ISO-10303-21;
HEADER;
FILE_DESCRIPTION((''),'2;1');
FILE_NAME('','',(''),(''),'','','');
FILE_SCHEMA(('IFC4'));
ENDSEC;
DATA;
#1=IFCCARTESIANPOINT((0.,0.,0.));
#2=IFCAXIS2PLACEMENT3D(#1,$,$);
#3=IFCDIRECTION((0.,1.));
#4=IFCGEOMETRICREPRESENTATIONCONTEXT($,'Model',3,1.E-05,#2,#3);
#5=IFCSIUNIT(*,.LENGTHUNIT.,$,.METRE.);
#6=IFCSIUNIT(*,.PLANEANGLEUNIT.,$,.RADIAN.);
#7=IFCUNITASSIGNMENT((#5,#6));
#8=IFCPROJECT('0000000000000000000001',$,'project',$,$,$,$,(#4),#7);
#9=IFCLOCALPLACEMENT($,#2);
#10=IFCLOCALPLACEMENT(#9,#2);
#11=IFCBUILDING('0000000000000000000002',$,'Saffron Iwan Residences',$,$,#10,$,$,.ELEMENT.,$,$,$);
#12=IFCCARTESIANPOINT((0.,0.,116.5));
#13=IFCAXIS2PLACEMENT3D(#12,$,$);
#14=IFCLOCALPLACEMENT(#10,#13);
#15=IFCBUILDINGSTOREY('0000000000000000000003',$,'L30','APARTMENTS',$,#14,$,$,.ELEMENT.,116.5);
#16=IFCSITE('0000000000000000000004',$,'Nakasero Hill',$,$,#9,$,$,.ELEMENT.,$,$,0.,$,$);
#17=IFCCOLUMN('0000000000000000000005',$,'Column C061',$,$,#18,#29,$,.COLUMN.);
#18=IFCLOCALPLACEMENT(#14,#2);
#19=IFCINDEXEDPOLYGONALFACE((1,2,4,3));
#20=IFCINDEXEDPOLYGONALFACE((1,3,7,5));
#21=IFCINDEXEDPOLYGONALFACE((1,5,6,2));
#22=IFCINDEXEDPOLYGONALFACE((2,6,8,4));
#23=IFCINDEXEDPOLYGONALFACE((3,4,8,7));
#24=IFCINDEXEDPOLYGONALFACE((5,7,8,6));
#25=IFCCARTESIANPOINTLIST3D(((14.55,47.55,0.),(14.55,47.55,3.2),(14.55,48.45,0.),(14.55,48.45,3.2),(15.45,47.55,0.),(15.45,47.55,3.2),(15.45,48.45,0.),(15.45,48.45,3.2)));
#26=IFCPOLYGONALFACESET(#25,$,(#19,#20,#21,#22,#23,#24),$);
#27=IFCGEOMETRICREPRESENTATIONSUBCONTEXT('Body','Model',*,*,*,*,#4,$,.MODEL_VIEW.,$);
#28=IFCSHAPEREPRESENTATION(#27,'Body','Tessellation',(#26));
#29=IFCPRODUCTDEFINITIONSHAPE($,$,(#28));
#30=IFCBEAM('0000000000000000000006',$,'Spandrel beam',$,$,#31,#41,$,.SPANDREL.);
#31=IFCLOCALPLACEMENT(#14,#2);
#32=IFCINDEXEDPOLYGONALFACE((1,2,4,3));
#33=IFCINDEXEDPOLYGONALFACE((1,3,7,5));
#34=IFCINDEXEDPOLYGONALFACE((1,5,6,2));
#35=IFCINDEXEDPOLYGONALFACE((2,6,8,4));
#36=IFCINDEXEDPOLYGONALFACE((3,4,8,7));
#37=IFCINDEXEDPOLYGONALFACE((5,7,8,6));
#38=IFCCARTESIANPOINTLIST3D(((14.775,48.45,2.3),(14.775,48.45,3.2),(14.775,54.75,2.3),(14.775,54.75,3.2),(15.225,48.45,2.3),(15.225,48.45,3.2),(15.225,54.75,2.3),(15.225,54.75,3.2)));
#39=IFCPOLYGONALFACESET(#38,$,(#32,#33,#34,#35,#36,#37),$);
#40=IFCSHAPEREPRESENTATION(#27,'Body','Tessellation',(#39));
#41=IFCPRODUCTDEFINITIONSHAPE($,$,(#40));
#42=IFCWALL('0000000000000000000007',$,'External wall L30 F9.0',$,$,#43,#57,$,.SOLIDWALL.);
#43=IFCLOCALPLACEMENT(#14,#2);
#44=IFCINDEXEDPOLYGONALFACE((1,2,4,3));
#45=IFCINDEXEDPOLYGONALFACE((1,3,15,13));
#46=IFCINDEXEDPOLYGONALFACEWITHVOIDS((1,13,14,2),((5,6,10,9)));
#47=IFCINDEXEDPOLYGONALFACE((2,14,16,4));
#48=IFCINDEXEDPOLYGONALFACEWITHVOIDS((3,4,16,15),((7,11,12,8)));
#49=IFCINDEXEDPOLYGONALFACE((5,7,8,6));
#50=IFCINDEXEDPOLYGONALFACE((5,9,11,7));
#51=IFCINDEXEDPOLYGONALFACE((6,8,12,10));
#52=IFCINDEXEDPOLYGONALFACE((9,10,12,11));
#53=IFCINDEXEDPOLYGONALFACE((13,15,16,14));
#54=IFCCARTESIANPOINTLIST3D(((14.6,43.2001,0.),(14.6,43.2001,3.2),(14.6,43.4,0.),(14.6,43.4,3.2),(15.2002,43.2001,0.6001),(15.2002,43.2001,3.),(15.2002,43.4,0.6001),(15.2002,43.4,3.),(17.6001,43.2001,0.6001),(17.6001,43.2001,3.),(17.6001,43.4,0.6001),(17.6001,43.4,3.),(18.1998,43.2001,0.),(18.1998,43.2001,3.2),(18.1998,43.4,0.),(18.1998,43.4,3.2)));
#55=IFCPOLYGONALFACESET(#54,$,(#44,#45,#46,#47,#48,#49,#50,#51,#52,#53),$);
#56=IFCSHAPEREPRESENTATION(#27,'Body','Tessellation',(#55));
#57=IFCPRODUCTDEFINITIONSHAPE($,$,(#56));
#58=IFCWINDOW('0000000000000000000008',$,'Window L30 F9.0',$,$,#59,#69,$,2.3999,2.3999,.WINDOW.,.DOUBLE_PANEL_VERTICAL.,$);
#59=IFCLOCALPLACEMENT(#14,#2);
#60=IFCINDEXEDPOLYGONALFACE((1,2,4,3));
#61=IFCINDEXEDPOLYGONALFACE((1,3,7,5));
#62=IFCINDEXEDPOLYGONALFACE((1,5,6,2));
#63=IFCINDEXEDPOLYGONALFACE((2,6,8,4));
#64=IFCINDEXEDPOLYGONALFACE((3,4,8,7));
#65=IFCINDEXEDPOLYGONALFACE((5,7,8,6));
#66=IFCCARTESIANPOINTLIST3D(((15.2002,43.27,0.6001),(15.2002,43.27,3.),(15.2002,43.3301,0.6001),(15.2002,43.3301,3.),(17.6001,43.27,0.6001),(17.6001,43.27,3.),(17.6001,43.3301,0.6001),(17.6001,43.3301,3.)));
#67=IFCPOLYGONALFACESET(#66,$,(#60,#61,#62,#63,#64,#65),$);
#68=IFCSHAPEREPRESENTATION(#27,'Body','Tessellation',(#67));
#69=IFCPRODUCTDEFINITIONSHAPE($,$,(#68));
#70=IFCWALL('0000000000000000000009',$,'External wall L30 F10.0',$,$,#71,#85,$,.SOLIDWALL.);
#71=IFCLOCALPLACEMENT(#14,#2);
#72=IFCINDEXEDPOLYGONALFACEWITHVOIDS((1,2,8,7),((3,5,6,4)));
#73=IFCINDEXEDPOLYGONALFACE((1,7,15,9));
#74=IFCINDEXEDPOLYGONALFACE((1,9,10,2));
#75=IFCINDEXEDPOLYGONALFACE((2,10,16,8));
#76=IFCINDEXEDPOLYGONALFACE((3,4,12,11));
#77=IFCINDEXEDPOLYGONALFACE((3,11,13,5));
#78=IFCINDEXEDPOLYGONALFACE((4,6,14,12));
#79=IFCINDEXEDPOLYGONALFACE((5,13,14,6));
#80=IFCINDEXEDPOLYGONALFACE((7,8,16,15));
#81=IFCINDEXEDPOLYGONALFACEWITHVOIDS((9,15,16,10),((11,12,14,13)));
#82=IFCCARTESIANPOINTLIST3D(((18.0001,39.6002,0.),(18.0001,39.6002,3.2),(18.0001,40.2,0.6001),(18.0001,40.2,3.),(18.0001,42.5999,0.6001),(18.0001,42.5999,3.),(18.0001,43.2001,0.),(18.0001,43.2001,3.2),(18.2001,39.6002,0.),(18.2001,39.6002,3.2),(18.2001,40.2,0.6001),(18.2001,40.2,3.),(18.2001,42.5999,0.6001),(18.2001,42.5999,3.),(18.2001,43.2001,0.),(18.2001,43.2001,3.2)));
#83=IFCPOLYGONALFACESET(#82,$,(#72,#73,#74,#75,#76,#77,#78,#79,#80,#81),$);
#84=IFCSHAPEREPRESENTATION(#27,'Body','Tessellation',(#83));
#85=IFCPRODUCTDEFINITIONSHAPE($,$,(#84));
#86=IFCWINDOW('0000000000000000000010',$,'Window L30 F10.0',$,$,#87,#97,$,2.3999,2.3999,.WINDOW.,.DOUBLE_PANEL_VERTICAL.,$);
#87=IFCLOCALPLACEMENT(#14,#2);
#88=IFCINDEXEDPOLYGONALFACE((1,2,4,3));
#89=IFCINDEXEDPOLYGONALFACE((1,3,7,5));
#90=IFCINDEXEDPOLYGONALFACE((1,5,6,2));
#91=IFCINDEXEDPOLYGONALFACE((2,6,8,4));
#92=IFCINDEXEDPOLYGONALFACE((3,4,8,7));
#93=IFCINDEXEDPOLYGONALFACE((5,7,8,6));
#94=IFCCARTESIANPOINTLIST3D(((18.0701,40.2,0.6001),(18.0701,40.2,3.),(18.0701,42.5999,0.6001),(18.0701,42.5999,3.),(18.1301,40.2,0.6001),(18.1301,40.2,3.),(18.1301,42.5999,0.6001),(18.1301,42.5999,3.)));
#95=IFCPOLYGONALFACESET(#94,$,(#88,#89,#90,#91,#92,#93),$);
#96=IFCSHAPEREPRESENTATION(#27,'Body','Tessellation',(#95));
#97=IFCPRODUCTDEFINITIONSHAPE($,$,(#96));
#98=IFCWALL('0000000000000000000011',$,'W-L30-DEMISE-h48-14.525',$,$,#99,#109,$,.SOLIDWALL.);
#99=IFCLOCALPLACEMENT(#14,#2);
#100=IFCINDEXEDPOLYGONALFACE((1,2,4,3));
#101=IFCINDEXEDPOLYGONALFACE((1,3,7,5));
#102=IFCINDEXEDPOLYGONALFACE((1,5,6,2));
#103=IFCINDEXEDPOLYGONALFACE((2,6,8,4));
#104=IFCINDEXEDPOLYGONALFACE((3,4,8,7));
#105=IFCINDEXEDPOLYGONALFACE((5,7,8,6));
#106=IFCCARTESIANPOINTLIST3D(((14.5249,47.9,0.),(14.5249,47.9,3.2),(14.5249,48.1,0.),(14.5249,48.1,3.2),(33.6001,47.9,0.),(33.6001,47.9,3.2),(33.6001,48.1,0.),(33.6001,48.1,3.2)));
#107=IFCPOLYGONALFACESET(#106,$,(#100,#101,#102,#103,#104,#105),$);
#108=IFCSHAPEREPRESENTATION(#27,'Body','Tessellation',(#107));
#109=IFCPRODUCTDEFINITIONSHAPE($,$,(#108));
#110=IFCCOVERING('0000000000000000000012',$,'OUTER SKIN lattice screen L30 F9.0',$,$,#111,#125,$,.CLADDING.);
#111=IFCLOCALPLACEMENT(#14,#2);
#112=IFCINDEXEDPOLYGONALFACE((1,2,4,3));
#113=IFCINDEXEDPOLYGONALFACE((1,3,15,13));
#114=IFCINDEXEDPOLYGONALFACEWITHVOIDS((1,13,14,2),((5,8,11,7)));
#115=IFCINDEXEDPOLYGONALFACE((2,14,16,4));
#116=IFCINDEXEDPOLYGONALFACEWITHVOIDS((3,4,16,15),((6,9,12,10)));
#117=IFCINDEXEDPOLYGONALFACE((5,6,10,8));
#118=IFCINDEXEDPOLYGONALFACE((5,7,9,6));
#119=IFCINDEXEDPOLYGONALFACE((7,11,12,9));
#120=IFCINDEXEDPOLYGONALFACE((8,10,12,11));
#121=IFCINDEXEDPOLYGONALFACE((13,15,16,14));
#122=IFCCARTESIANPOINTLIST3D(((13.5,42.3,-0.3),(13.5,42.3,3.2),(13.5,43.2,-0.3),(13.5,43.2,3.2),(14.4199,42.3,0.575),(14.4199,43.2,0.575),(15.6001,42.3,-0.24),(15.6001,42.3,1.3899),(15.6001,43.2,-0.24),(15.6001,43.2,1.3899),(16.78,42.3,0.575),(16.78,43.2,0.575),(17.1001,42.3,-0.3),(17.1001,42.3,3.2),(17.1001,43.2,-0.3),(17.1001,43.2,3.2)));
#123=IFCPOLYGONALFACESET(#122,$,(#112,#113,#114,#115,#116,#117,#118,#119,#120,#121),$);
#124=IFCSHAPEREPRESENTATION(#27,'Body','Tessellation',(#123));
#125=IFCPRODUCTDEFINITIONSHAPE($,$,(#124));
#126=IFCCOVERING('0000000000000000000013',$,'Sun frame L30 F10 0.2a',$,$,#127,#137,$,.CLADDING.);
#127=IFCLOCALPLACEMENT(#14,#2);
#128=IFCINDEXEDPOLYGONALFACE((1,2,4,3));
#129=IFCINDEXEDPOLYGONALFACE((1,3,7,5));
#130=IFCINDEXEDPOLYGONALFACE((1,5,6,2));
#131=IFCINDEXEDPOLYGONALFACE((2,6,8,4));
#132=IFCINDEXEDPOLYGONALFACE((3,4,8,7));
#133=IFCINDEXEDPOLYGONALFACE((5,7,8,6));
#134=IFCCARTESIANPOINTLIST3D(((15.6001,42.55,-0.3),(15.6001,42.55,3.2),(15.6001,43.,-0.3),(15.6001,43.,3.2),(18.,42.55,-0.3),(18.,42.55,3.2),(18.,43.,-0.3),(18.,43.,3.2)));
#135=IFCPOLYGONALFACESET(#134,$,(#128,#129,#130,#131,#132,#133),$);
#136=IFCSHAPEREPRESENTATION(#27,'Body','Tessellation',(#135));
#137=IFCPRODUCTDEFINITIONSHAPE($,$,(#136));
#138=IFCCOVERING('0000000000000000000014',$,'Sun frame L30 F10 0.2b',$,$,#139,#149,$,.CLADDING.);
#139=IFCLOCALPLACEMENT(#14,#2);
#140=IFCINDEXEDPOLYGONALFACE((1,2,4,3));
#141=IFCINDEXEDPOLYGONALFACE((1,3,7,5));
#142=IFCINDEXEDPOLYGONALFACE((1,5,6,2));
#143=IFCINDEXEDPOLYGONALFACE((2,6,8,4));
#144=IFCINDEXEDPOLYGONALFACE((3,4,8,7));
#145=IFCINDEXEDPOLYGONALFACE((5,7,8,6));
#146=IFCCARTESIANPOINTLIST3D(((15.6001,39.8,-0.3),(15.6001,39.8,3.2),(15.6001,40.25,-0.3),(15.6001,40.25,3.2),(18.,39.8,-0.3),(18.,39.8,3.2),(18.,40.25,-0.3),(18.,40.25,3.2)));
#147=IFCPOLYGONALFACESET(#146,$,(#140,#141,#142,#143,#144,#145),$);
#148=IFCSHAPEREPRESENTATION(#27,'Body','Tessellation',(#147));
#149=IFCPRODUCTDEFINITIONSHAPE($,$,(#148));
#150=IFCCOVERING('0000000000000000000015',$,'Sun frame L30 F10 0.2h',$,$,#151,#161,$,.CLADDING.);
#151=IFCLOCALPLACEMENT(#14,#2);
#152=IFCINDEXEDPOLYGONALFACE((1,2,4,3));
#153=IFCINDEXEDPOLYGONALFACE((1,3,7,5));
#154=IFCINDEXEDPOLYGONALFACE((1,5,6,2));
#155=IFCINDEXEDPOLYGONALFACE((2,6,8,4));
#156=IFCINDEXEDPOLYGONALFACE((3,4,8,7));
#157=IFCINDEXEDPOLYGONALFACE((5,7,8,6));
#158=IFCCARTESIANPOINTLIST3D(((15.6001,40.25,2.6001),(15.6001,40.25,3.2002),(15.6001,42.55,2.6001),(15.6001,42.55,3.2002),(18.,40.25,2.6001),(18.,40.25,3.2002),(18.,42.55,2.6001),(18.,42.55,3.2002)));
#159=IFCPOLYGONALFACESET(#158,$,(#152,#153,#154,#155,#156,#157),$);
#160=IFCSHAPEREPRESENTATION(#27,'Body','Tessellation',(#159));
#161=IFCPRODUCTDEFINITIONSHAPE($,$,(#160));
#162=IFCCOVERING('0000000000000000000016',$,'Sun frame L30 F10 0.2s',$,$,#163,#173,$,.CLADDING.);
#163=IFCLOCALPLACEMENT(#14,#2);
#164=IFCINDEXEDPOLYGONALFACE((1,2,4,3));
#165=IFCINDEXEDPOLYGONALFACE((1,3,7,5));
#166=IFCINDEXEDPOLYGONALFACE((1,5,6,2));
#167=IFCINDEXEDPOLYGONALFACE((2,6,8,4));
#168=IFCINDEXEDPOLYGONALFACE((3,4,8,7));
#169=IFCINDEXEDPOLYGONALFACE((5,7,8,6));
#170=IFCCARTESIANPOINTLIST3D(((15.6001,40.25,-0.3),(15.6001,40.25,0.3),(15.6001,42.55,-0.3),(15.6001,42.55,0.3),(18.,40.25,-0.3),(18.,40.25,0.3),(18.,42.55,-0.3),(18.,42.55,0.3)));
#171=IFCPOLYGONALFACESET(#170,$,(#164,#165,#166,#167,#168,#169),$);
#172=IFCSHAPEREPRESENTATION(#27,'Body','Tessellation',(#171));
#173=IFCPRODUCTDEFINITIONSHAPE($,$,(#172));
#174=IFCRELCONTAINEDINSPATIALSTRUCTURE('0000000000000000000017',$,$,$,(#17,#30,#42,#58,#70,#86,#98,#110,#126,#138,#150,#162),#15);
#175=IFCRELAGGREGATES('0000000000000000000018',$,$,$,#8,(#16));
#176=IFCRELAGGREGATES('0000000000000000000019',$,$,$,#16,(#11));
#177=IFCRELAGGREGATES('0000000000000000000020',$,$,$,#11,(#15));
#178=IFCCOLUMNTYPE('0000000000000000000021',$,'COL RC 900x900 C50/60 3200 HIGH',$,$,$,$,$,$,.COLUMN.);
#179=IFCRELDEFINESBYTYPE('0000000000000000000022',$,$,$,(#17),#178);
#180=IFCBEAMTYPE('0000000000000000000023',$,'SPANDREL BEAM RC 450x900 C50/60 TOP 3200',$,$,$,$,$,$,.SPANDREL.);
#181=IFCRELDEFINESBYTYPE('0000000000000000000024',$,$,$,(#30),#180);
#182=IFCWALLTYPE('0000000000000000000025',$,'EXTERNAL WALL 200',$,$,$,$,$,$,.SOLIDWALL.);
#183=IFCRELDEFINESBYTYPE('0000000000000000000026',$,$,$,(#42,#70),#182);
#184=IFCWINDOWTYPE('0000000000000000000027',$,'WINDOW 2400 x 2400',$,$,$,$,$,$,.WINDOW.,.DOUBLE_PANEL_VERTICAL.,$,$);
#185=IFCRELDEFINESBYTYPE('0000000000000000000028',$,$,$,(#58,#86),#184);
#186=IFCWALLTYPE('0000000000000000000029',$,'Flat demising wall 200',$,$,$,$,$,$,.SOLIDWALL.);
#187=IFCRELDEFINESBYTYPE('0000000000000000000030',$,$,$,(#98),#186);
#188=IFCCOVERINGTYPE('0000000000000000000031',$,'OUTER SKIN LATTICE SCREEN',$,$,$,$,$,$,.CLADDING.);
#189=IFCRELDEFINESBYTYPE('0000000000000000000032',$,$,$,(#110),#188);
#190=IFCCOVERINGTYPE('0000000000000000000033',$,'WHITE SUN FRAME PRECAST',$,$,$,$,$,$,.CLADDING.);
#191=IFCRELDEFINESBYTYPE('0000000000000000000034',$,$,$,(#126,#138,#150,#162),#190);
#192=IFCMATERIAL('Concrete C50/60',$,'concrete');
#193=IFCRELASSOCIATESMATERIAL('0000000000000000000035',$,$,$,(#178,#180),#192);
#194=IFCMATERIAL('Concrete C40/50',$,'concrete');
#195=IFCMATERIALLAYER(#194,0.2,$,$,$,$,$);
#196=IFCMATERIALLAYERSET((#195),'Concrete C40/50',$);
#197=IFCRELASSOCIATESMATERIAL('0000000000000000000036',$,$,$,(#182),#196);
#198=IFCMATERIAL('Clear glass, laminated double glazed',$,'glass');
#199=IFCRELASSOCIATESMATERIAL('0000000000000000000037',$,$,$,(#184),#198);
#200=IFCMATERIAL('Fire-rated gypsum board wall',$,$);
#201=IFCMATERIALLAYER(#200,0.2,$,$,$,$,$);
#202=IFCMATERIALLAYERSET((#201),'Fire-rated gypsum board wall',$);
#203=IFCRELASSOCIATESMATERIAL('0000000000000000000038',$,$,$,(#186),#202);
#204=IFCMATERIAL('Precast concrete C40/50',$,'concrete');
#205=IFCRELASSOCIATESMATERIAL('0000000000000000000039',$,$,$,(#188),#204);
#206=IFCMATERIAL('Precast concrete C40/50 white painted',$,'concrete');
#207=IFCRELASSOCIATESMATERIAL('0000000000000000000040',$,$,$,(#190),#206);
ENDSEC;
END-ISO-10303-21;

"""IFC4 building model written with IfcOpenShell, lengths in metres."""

from ifc_helpers import new_model, si_unit, direction, frame, frame_2d, origin, origin_2d, place, context, subcontext, project, spatial, polyline, rectangle, outline, extrude, source, transform, mapped, material, layer, layer_set, material_profile, profile_set, type_object, element, fill, save


model = new_model("IFC4")

# Units and contexts
model_context = context("Model", 3, precision=1e-05, world=origin(), true_north=direction((0.0, 1.0)))
body_context = subcontext(model_context, "Body", "Model", "MODEL_VIEW")
ifc_project = project(units=[si_unit("LENGTHUNIT", "METRE"), si_unit("PLANEANGLEUNIT", "RADIAN")], contexts=[model_context])

# Site, building, storey
site_placement = place(None, origin())
site = spatial("IfcSite", under=ifc_project, at=site_placement, Name="Nakasero Hill", CompositionType="ELEMENT", RefElevation=0.0)
building_placement = place(site_placement, origin())
building = spatial("IfcBuilding", under=site, at=building_placement, Name="Saffron Iwan Residences", CompositionType="ELEMENT")
storey_placement = place(building_placement, frame((0.0, 0.0, 116.5)))
storey = spatial("IfcBuildingStorey", under=building, at=storey_placement, Name="L30", Description="APARTMENTS", CompositionType="ELEMENT", Elevation=116.5)

# Column
ifc_material_1 = material(Name="Concrete C50/60", Category="concrete")
ifc_material_profile_1 = material_profile(ifc_material_1, rectangle(XDim=0.8999, YDim=0.8999, at=origin_2d()), Name="RC 900x900")
ifc_profile_set_1 = profile_set([ifc_material_profile_1], Name="Concrete C50/60")
column_type = type_object("IfcColumnType", Name="COL RC 900x900 C50/60 3200 HIGH", PredefinedType="COLUMN", material=ifc_profile_set_1)
shared_shape_1 = source(origin(), body_context, "Body", "SweptSolid", [
    extrude(rectangle(XDim=0.8999, YDim=0.8999, at=origin_2d()), origin(), (0.0, 0.0, 1.0), 3.2),
])
column_placement = place(storey_placement, frame((15.0, 48.0, 0.0), z_axis=(0.0, 0.0, 1.0), x_axis=(1.0, 0.0, 0.0)))
element("IfcColumn", 1, at=column_placement, inside=storey, type_object=column_type, Name="Column C061", PredefinedType="COLUMN", context=body_context, shape_type="MappedRepresentation", body=[
    mapped(shared_shape_1, transform((0.0, 0.0, 0.0))),
])

# Beam
ifc_material_profile_2 = material_profile(ifc_material_1, rectangle(XDim=0.45, YDim=0.8999, at=origin_2d()), Name="RC 450x900")
ifc_profile_set_2 = profile_set([ifc_material_profile_2], Name="Concrete C50/60")
beam_type = type_object("IfcBeamType", Name="SPANDREL BEAM RC 450x900 C50/60 TOP 3200", PredefinedType="SPANDREL", material=ifc_profile_set_2)
shared_shape_2 = source(origin(), body_context, "Body", "SweptSolid", [
    extrude(rectangle(XDim=0.45, YDim=0.8999, at=origin_2d()), origin(), (0.0, 0.0, 1.0), 6.3),
])
beam_placement = place(storey_placement, frame((15.0, 48.45, 2.75), z_axis=(0.0, 1.0, 0.0), x_axis=(-1.0, 0.0, 0.0)))
element("IfcBeam", 2, at=beam_placement, inside=storey, type_object=beam_type, Name="Spandrel beam", PredefinedType="SPANDREL", context=body_context, shape_type="MappedRepresentation", body=[
    mapped(shared_shape_2, transform((0.0, 0.0, 0.0))),
])

# Walls, openings, windows
ifc_material_2 = material(Name="Concrete C40/50", Category="concrete")
ifc_layer_1 = layer(ifc_material_2, 0.2)
ifc_layer_set_1 = layer_set([ifc_layer_1], Name="Concrete C40/50")
wall_type_1 = type_object("IfcWallType", Name="EXTERNAL WALL 200", PredefinedType="SOLIDWALL", material=ifc_layer_set_1)
wall_1_placement = place(storey_placement, frame((14.6001, 43.3, 0.0), z_axis=(0.0, 0.0, 1.0), x_axis=(1.0, 0.0, 0.0)))
wall_1 = element("IfcWall", 3, at=wall_1_placement, inside=storey, type_object=wall_type_1, Name="External wall L30 F9.0", PredefinedType="SOLIDWALL", context=body_context, shape_type="SweptSolid", body=[
    extrude(rectangle(XDim=3.5999, YDim=0.2, at=frame_2d((1.7998, 0.0))), origin(), (0.0, 0.0, 1.0), 3.2),
])
opening_1_placement = place(wall_1_placement, frame((0.6001, 0.0, 0.6001)))
opening_1 = element("IfcOpeningElement", 4, at=opening_1_placement, cuts=wall_1, PredefinedType="OPENING", context=body_context, shape_type="SweptSolid", body=[
    extrude(rectangle(XDim=2.3999, YDim=2.3999, at=frame_2d((1.2, 1.2))), frame((0.0, 0.1099, 0.0), z_axis=(0.0, -1.0, 0.0), x_axis=(1.0, 0.0, 0.0)), (0.0, 0.0, 1.0), 0.22),
])
ifc_material_3 = material(Name="Clear glass, laminated double glazed", Category="glass")
window_type = type_object("IfcWindowType", Name="WINDOW 2400 x 2400", PartitioningType="DOUBLE_PANEL_VERTICAL", PredefinedType="WINDOW", material=ifc_material_3)
window_1_placement = place(opening_1_placement, origin())
window_1 = element("IfcWindow", 5, at=window_1_placement, inside=storey, type_object=window_type, Name="Window L30 F9.0", OverallHeight=2.3999, OverallWidth=2.3999, PartitioningType="DOUBLE_PANEL_VERTICAL", PredefinedType="WINDOW", context=body_context, shape_type="SweptSolid", body=[
    extrude(rectangle(XDim=2.3999, YDim=2.3999, at=frame_2d((1.2, 1.2))), frame((0.0, 0.03, 0.0), z_axis=(0.0, -1.0, 0.0), x_axis=(1.0, 0.0, 0.0)), (0.0, 0.0, 1.0), 0.0601),
])
fill(opening_1, window_1)
wall_2_placement = place(storey_placement, frame((18.1001, 43.2, 0.0), z_axis=(0.0, 0.0, 1.0), x_axis=(0.0, -1.0, 0.0)))
wall_2 = element("IfcWall", 6, at=wall_2_placement, inside=storey, type_object=wall_type_1, Name="External wall L30 F10.0", PredefinedType="SOLIDWALL", context=body_context, shape_type="SweptSolid", body=[
    extrude(rectangle(XDim=3.5999, YDim=0.2, at=frame_2d((1.7998, 0.0))), origin(), (0.0, 0.0, 1.0), 3.2),
])
opening_2_placement = place(wall_2_placement, frame((0.6001, 0.0, 0.6001)))
opening_2 = element("IfcOpeningElement", 7, at=opening_2_placement, cuts=wall_2, PredefinedType="OPENING", context=body_context, shape_type="SweptSolid", body=[
    extrude(rectangle(XDim=2.3999, YDim=2.3999, at=frame_2d((1.2, 1.2))), frame((0.0, 0.1099, 0.0), z_axis=(0.0, -1.0, 0.0), x_axis=(1.0, 0.0, 0.0)), (0.0, 0.0, 1.0), 0.22),
])
window_2_placement = place(opening_2_placement, origin())
window_2 = element("IfcWindow", 8, at=window_2_placement, inside=storey, type_object=window_type, Name="Window L30 F10.0", OverallHeight=2.3999, OverallWidth=2.3999, PartitioningType="DOUBLE_PANEL_VERTICAL", PredefinedType="WINDOW", context=body_context, shape_type="SweptSolid", body=[
    extrude(rectangle(XDim=2.3999, YDim=2.3999, at=frame_2d((1.2, 1.2))), frame((0.0, 0.03, 0.0), z_axis=(0.0, -1.0, 0.0), x_axis=(1.0, 0.0, 0.0)), (0.0, 0.0, 1.0), 0.0601),
])
fill(opening_2, window_2)

# Wall
ifc_material_4 = material(Name="Fire-rated gypsum board wall")
ifc_layer_2 = layer(ifc_material_4, 0.2)
ifc_layer_set_2 = layer_set([ifc_layer_2], Name="Fire-rated gypsum board wall")
wall_type_2 = type_object("IfcWallType", Name="Flat demising wall 200", PredefinedType="SOLIDWALL", material=ifc_layer_set_2)
wall_3_placement = place(storey_placement, frame((14.5249, 48.0, 0.0), z_axis=(0.0, 0.0, 1.0), x_axis=(1.0, 0.0, 0.0)))
element("IfcWall", 9, at=wall_3_placement, inside=storey, type_object=wall_type_2, Name="W-L30-DEMISE-h48-14.525", PredefinedType="SOLIDWALL", context=body_context, shape_type="SweptSolid", body=[
    extrude(rectangle(XDim=19.0752, YDim=0.2, at=frame_2d((9.5376, 0.0))), origin(), (0.0, 0.0, 1.0), 3.2),
])

# Coverings
ifc_material_5 = material(Name="Precast concrete C40/50", Category="concrete")
covering_type_1 = type_object("IfcCoveringType", Name="OUTER SKIN LATTICE SCREEN", PredefinedType="CLADDING", material=ifc_material_5)
covering_placement = place(storey_placement, frame((13.5, 43.2, -0.3), z_axis=(0.0, -1.0, 0.0), x_axis=(1.0, 0.0, 0.0)))
element("IfcCovering", 10, at=covering_placement, inside=storey, type_object=covering_type_1, Name="OUTER SKIN lattice screen L30 F9.0", PredefinedType="CLADDING", context=body_context, shape_type="SweptSolid", body=[
    extrude(outline(polyline([(0.0, 0.0), (3.6001, 0.0), (3.6001, 3.5), (0.0, 3.5), (0.0, 0.0)]), holes=[polyline([(0.9199, 0.875), (2.1001, 0.0601), (3.28, 0.875), (2.1001, 1.6899), (0.9199, 0.875)])]), origin(), (0.0, 0.0, 1.0), 0.8999),
])
ifc_material_6 = material(Name="Precast concrete C40/50 white painted", Category="concrete")
covering_type_2 = type_object("IfcCoveringType", Name="WHITE SUN FRAME PRECAST", PredefinedType="CLADDING", material=ifc_material_6)
for number, where, z_axis, x_axis, name in (
    (11, (18.0, 43.0, -0.3), (-1.0, 0.0, 0.0), (0.0, -1.0, 0.0), "Sun frame L30 F10 0.2a"),
    (12, (18.0, 40.25, -0.3), (-1.0, 0.0, 0.0), (0.0, -1.0, 0.0), "Sun frame L30 F10 0.2b"),
):
    element("IfcCovering", number, at=place(storey_placement, frame(where, z_axis=z_axis, x_axis=x_axis)), inside=storey, type_object=covering_type_2, Name=name, PredefinedType="CLADDING", context=body_context, shape_type="SweptSolid", body=[
        extrude(outline(polyline([(0.0, 0.0), (0.45, 0.0), (0.45, 3.5), (0.0, 3.5), (0.0, 0.0)])), origin(), (0.0, 0.0, 1.0), 2.3999),
    ])
for number, where, z_axis, x_axis, name in (
    (13, (18.0, 42.55, 2.6001), (-1.0, 0.0, 0.0), (0.0, -1.0, 0.0), "Sun frame L30 F10 0.2h"),
    (14, (18.0, 42.55, -0.3), (-1.0, 0.0, 0.0), (0.0, -1.0, 0.0), "Sun frame L30 F10 0.2s"),
):
    element("IfcCovering", number, at=place(storey_placement, frame(where, z_axis=z_axis, x_axis=x_axis)), inside=storey, type_object=covering_type_2, Name=name, PredefinedType="CLADDING", context=body_context, shape_type="SweptSolid", body=[
        extrude(outline(polyline([(0.0, 0.0), (2.3, 0.0), (2.3, 0.6001), (0.0, 0.6001), (0.0, 0.0)])), origin(), (0.0, 0.0, 1.0), 2.3999),
    ])

save(model, "model.ifc")
